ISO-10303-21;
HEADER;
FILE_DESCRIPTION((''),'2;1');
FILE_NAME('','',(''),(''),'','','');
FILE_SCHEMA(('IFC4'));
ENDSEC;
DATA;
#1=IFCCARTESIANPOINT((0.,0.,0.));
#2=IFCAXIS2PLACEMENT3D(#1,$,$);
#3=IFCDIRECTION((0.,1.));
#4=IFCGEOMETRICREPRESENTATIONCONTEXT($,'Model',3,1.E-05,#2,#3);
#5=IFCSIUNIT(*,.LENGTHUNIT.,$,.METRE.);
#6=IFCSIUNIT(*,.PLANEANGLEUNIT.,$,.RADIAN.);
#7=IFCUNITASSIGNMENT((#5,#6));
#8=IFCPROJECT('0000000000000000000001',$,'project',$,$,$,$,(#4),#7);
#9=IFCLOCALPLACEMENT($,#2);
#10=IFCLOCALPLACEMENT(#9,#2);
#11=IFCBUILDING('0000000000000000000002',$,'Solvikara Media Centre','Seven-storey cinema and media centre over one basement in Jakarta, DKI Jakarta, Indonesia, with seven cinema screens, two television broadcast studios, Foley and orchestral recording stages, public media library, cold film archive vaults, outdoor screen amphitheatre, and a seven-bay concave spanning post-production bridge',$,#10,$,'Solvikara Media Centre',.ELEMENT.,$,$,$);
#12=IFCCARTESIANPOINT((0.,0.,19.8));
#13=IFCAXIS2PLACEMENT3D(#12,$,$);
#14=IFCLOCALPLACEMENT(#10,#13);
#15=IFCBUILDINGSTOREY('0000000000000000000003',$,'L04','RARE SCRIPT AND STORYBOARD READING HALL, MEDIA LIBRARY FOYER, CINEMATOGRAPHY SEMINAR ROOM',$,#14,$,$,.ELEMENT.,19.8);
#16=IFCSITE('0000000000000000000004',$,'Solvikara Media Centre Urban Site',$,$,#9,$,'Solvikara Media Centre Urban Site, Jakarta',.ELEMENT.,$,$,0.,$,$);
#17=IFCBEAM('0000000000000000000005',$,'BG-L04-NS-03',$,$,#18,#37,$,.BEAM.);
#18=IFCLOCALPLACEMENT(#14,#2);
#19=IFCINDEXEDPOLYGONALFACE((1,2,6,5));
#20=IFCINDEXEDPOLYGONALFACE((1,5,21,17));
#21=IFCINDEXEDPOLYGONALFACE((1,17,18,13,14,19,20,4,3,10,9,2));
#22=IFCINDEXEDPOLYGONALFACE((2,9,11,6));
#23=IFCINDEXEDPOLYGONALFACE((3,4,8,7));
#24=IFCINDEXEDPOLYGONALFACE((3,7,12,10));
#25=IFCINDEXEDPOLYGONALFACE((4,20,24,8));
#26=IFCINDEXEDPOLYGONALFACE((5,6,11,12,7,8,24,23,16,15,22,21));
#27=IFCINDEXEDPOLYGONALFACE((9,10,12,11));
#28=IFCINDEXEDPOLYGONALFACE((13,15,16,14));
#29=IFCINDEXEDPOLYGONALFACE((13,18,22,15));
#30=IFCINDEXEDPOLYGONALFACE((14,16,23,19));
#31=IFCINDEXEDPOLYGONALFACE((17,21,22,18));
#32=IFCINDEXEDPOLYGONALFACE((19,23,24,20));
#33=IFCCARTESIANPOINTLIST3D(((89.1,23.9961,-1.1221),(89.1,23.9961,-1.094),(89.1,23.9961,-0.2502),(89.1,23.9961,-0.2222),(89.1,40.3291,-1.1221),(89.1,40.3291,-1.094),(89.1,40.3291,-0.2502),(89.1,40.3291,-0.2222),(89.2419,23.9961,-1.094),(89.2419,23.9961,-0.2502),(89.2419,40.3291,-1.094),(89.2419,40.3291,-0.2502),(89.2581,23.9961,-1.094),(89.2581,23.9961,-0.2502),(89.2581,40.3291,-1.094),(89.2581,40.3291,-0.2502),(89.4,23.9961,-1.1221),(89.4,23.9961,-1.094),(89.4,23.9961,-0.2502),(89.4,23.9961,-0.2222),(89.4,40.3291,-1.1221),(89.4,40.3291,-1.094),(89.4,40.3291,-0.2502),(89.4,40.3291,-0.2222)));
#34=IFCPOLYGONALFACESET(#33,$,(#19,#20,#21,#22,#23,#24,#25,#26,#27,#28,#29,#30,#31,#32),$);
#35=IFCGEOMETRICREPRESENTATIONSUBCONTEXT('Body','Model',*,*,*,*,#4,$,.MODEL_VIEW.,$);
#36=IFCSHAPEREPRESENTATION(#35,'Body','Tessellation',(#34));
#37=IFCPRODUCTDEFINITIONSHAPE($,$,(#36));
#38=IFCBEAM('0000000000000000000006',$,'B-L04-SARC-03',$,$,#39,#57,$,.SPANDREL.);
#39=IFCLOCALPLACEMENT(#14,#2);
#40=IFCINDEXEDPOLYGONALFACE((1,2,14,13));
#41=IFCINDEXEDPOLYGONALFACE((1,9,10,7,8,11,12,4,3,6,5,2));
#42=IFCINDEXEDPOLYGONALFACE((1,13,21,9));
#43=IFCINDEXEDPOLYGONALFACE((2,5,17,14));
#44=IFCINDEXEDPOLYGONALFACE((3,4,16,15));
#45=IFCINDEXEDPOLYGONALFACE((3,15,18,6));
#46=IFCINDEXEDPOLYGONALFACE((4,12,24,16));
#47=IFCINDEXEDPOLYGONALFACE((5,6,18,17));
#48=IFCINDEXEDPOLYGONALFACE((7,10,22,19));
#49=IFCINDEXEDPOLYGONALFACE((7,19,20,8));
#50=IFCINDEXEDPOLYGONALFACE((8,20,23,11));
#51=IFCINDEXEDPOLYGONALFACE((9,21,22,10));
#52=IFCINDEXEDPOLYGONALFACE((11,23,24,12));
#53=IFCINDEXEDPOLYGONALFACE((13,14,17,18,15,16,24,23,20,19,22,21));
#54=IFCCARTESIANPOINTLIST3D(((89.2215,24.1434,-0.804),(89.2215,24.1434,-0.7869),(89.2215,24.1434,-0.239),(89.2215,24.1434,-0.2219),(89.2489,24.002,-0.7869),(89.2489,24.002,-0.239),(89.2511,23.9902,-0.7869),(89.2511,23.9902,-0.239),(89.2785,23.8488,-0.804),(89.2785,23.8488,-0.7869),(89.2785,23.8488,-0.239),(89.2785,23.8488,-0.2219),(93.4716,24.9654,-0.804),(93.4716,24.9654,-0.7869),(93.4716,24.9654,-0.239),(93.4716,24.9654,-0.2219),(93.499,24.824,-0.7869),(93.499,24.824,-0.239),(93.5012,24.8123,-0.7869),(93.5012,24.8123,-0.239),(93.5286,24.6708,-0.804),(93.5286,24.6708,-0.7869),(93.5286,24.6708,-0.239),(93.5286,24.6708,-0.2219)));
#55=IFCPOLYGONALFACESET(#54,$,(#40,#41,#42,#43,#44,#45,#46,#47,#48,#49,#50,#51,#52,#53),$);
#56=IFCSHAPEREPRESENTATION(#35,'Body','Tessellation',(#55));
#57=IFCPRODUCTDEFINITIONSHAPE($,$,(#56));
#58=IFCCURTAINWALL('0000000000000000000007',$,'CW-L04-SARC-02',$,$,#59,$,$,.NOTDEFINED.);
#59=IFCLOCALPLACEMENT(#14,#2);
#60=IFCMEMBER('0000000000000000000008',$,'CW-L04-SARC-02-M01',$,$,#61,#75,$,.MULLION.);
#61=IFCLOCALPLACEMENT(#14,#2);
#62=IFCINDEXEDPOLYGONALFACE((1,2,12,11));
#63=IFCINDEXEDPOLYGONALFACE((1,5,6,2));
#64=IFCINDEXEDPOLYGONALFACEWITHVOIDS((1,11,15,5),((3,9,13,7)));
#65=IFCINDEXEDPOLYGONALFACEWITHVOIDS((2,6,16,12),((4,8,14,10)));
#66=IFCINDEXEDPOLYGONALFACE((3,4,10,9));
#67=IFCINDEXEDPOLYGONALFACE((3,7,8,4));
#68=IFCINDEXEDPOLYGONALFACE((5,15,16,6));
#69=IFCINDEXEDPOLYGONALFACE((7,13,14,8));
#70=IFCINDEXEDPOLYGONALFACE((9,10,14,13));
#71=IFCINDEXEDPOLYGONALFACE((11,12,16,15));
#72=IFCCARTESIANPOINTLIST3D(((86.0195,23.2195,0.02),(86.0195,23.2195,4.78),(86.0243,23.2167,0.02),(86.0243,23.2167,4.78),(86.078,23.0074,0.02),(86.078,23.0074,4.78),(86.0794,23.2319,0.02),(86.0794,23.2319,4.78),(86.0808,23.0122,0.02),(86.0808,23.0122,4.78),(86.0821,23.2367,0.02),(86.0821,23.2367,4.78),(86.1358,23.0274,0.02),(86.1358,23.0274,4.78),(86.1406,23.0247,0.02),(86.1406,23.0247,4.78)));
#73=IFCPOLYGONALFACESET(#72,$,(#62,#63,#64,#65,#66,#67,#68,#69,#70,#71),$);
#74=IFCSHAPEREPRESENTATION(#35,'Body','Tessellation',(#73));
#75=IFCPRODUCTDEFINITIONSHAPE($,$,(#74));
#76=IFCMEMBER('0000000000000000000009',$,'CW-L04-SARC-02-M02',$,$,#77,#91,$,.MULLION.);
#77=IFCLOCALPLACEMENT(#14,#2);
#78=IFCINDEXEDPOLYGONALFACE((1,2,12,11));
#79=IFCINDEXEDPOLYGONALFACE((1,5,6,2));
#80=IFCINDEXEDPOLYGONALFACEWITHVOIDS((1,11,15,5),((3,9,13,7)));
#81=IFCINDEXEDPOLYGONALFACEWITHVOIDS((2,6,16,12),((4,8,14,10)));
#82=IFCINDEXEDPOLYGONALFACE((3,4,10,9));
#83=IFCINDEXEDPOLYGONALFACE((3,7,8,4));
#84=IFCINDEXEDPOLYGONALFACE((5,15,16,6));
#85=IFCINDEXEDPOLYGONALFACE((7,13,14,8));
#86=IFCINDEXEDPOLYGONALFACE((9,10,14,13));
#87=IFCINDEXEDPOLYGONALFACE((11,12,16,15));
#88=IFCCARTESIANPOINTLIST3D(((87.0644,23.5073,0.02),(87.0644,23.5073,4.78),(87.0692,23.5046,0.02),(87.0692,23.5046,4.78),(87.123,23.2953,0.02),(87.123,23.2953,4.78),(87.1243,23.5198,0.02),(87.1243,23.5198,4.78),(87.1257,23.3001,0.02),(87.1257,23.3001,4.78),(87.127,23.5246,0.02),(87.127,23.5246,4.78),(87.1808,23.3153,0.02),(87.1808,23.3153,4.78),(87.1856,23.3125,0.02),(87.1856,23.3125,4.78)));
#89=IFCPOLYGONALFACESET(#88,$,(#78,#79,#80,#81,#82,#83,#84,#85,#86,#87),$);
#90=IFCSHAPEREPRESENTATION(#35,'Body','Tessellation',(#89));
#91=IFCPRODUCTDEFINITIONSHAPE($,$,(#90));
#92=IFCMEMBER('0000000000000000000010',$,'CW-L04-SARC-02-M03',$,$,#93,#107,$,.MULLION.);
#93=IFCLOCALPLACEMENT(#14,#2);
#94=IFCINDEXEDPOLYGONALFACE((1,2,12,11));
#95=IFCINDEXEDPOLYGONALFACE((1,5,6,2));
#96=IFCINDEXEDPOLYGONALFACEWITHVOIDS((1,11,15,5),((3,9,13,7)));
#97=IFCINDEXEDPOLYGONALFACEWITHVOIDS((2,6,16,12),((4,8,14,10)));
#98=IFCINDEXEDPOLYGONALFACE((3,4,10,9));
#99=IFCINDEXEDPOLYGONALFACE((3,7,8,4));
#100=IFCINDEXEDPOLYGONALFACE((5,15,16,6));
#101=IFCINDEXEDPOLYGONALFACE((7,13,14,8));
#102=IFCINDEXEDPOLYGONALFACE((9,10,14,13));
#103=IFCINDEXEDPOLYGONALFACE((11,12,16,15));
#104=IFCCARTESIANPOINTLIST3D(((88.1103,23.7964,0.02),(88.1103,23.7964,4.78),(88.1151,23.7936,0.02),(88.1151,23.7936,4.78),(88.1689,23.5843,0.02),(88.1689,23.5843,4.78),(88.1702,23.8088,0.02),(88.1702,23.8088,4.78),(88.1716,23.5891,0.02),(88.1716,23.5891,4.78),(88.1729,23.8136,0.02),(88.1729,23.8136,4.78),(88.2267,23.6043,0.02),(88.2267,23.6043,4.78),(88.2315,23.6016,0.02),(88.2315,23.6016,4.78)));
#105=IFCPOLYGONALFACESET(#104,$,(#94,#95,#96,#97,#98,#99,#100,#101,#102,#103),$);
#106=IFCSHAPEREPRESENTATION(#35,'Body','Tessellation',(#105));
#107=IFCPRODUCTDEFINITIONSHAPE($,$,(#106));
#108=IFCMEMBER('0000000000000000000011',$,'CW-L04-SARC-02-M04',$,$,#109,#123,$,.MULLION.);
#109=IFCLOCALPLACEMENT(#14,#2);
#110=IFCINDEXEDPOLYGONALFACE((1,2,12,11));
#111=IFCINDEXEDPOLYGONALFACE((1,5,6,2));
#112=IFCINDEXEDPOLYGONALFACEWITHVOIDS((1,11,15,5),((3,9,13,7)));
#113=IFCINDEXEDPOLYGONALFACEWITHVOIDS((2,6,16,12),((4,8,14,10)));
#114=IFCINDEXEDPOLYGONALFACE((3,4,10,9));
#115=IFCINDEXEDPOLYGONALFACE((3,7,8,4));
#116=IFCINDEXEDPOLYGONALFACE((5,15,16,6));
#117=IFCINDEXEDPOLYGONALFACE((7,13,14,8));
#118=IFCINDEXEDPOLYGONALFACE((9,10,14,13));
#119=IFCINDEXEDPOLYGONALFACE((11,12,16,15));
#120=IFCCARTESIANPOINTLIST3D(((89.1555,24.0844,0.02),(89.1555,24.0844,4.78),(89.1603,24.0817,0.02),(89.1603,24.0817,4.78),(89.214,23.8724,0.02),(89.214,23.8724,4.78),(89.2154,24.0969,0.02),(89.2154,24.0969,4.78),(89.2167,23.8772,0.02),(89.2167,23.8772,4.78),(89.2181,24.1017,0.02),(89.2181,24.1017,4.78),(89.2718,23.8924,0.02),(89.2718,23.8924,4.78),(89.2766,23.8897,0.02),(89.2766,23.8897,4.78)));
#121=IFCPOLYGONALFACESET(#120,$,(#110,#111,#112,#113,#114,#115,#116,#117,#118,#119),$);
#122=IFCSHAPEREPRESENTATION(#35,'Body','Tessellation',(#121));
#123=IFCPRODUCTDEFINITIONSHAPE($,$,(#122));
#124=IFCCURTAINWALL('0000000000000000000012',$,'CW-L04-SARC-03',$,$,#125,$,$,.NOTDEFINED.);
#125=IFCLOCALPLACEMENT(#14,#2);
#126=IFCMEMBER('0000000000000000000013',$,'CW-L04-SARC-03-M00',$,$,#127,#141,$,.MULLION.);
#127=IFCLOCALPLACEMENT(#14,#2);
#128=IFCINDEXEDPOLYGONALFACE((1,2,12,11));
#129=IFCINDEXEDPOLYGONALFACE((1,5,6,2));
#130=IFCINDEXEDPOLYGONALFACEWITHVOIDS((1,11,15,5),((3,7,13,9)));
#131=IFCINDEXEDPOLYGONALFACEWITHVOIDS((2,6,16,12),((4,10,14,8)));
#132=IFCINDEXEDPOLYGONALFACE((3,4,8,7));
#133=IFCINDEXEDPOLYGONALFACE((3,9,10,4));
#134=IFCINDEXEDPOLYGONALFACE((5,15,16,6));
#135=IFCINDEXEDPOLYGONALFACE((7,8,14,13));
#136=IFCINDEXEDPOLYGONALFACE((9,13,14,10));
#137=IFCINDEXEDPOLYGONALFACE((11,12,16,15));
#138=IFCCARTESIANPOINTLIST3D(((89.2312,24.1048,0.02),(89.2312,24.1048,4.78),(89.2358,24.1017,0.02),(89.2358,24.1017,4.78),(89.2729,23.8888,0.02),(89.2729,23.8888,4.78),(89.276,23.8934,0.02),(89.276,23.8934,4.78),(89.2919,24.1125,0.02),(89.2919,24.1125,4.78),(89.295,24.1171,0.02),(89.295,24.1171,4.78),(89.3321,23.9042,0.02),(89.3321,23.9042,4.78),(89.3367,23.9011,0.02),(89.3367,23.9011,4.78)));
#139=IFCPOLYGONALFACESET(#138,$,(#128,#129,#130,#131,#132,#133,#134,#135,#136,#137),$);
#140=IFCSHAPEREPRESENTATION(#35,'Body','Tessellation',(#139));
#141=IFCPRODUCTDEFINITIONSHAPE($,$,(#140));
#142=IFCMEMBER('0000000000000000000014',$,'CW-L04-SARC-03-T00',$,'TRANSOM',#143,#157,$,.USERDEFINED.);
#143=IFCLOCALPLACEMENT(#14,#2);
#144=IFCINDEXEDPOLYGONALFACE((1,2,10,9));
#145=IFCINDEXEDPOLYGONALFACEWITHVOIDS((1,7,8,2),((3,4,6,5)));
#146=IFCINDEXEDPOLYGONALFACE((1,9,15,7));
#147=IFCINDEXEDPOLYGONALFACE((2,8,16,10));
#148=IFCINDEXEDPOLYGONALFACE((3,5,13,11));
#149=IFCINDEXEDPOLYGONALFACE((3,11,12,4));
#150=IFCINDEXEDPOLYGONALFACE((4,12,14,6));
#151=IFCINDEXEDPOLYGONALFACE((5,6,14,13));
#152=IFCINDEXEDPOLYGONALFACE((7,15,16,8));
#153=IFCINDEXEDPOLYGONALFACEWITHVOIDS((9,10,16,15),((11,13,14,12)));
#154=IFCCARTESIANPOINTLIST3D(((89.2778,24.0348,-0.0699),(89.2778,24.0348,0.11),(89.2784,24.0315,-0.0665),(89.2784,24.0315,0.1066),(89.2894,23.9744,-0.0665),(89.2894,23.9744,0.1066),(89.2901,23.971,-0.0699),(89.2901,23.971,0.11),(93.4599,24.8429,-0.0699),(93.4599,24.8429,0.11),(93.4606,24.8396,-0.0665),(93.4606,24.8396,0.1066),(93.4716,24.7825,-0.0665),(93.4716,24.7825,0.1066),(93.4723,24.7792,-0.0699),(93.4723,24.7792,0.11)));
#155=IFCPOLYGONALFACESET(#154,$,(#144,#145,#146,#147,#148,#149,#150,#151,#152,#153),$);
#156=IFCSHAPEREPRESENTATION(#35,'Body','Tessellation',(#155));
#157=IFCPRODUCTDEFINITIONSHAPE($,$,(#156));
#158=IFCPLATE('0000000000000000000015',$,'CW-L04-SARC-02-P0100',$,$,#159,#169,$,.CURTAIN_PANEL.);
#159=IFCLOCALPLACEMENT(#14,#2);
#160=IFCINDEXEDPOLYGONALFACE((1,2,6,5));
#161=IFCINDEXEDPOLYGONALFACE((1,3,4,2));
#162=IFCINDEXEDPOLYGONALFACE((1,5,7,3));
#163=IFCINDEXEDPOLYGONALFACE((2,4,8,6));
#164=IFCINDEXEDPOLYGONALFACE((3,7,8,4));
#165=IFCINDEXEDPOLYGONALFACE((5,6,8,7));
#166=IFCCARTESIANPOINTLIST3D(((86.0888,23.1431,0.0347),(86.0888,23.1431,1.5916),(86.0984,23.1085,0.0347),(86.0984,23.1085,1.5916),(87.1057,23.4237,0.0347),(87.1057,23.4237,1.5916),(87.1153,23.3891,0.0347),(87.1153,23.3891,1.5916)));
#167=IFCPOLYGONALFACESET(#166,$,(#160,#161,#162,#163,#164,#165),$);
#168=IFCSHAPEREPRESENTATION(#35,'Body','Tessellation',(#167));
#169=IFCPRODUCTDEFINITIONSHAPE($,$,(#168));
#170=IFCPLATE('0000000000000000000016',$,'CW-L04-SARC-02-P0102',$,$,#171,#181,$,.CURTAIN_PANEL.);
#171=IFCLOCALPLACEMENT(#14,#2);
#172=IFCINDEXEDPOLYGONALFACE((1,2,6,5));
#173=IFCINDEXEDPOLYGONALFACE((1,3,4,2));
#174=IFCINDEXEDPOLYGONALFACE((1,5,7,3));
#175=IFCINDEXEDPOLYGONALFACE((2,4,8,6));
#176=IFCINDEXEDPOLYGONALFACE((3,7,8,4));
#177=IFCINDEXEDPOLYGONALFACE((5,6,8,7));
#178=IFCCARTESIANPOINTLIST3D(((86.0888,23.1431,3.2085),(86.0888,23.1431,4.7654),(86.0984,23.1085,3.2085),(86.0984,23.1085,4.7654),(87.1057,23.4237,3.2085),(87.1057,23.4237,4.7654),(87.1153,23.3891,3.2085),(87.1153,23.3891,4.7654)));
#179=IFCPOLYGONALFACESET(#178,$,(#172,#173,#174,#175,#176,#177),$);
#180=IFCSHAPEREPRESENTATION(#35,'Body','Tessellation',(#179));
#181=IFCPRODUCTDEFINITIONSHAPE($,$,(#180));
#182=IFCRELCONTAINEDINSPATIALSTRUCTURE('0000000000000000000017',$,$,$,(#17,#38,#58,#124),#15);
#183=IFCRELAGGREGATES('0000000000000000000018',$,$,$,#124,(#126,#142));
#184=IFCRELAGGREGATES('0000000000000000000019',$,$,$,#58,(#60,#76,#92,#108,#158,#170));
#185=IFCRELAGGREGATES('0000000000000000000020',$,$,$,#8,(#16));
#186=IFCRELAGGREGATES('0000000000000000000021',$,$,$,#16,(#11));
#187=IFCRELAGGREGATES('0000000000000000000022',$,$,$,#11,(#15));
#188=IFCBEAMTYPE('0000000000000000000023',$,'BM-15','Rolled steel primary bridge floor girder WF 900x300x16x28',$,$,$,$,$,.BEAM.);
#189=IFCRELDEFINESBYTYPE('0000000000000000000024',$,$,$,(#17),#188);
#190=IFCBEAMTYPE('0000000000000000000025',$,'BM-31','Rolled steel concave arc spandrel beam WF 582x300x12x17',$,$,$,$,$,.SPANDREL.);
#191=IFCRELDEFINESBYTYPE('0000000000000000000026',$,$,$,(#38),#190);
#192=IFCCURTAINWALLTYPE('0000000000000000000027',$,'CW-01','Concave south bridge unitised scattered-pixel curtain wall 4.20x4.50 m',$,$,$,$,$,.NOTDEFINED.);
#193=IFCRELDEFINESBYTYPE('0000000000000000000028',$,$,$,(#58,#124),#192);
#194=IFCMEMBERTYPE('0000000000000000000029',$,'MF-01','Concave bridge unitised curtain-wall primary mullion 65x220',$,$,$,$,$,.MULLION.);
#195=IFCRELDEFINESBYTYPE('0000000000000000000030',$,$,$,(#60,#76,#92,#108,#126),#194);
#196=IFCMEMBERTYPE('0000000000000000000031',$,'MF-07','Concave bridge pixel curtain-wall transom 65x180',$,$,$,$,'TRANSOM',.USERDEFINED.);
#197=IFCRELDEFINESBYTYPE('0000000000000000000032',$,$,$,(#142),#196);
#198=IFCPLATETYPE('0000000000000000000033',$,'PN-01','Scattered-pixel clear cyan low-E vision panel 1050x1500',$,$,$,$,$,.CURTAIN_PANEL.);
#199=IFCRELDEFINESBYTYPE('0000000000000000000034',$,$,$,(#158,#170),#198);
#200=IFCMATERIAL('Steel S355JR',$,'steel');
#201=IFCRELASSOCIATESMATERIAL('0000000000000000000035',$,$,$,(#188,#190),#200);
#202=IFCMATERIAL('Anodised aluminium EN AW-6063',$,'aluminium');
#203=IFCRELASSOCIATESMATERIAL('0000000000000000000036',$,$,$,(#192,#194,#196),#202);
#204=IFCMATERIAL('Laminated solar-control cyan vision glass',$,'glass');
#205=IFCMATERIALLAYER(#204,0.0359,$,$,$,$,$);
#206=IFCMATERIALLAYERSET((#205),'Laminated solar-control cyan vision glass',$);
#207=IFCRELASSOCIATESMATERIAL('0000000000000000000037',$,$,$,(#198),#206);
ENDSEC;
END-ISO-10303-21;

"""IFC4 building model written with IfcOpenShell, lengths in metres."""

from ifc_helpers import new_model, si_unit, direction, frame, origin, origin_2d, place, context, subcontext, project, spatial, rectangle, hollow_rectangle, i_section, extrude, material, layer, layer_set, material_profile, profile_set, type_object, element, aggregate, save


model = new_model("IFC4")

# Units and contexts
model_context = context("Model", 3, precision=1e-05, world=origin(), true_north=direction((0.0, 1.0)))
body_context = subcontext(model_context, "Body", "Model", "MODEL_VIEW")
ifc_project = project(units=[si_unit("LENGTHUNIT", "METRE"), si_unit("PLANEANGLEUNIT", "RADIAN")], contexts=[model_context])

# Site, building, storey
site_placement = place(None, origin())
site = spatial("IfcSite", under=ifc_project, at=site_placement, Name="Solvikara Media Centre Urban Site", LongName="Solvikara Media Centre Urban Site, Jakarta", CompositionType="ELEMENT", RefElevation=0.0)
building_placement = place(site_placement, origin())
building = spatial("IfcBuilding", under=site, at=building_placement, Name="Solvikara Media Centre", Description="Seven-storey cinema and media centre over one basement in Jakarta, DKI Jakarta, Indonesia, with seven cinema screens, two television broadcast studios, Foley and orchestral recording stages, public media library, cold film archive vaults, outdoor screen amphitheatre, and a seven-bay concave spanning post-production bridge", LongName="Solvikara Media Centre", CompositionType="ELEMENT")
storey_placement = place(building_placement, frame((0.0, 0.0, 19.8)))
storey = spatial("IfcBuildingStorey", under=building, at=storey_placement, Name="L04", Description="RARE SCRIPT AND STORYBOARD READING HALL, MEDIA LIBRARY FOYER, CINEMATOGRAPHY SEMINAR ROOM", CompositionType="ELEMENT", Elevation=19.8)

# Beams
ifc_material_1 = material(Name="Steel S355JR", Category="steel")
ifc_material_profile_1 = material_profile(ifc_material_1, i_section(OverallWidth=0.3, OverallDepth=0.8999, WebThickness=0.0161, FlangeThickness=0.0281, at=origin_2d()), Name="WF 900x300x16x28")
ifc_profile_set_1 = profile_set([ifc_material_profile_1], Name="Steel S355JR")
beam_type_1 = type_object("IfcBeamType", Name="BM-15", Description="Rolled steel primary bridge floor girder WF 900x300x16x28", PredefinedType="BEAM", material=ifc_profile_set_1)
beam_1_placement = place(storey_placement, frame((89.25, 23.9961, -0.6721), z_axis=(0.0, 1.0, 0.0), x_axis=(-1.0, 0.0, 0.0)))
element("IfcBeam", 1, at=beam_1_placement, inside=storey, type_object=beam_type_1, Name="BG-L04-NS-03", PredefinedType="BEAM", context=body_context, shape_type="SweptSolid", body=[
    extrude(i_section(OverallWidth=0.3, OverallDepth=0.8999, WebThickness=0.0161, FlangeThickness=0.0281, at=origin_2d()), origin(), (0.0, 0.0, 1.0), 16.333),
])
ifc_material_profile_2 = material_profile(ifc_material_1, i_section(OverallWidth=0.3, OverallDepth=0.582, WebThickness=0.012, FlangeThickness=0.0171, at=origin_2d()), Name="WF 582x300x12x17")
ifc_profile_set_2 = profile_set([ifc_material_profile_2], Name="Steel S355JR")
beam_type_2 = type_object("IfcBeamType", Name="BM-31", Description="Rolled steel concave arc spandrel beam WF 582x300x12x17", PredefinedType="SPANDREL", material=ifc_profile_set_2)
beam_2_placement = place(storey_placement, frame((89.25, 23.9961, -0.5129), z_axis=(0.981804, 0.189897, 0.0), x_axis=(-0.189897, 0.981804, 0.0)))
element("IfcBeam", 2, at=beam_2_placement, inside=storey, type_object=beam_type_2, Name="B-L04-SARC-03", PredefinedType="SPANDREL", context=body_context, shape_type="SweptSolid", body=[
    extrude(i_section(OverallWidth=0.3, OverallDepth=0.582, WebThickness=0.012, FlangeThickness=0.0171, at=origin_2d()), origin(), (0.0, 0.0, 1.0), 4.3289),
])

# Curtain walls, members
ifc_material_2 = material(Name="Anodised aluminium EN AW-6063", Category="aluminium")
curtain_wall_type = type_object("IfcCurtainWallType", Name="CW-01", Description="Concave south bridge unitised scattered-pixel curtain wall 4.20x4.50 m", PredefinedType="NOTDEFINED", material=ifc_material_2)
curtain_wall_1_placement = place(storey_placement, origin())
curtain_wall_1 = element("IfcCurtainWall", 3, at=curtain_wall_1_placement, inside=storey, type_object=curtain_wall_type, Name="CW-L04-SARC-02", PredefinedType="NOTDEFINED")
ifc_material_profile_3 = material_profile(ifc_material_2, hollow_rectangle(XDim=0.0649, YDim=0.22, WallThickness=0.0039, at=origin_2d()), Name="ALU-M 65x220x4")
ifc_profile_set_3 = profile_set([ifc_material_profile_3], Name="Anodised aluminium EN AW-6063")
member_type_1 = type_object("IfcMemberType", Name="MF-01", Description="Concave bridge unitised curtain-wall primary mullion 65x220", PredefinedType="MULLION", material=ifc_profile_set_3)
member_1_placement = place(storey_placement, frame((86.0801, 23.1221, 0.02), z_axis=(0.0, 0.0, 1.0), x_axis=(0.96397, 0.26601, 0.0)))
member_1 = element("IfcMember", 4, at=member_1_placement, type_object=member_type_1, Name="CW-L04-SARC-02-M01", PredefinedType="MULLION", context=body_context, shape_type="SweptSolid", body=[
    extrude(hollow_rectangle(XDim=0.0649, YDim=0.22, WallThickness=0.0039, at=origin_2d()), origin(), (0.0, 0.0, 1.0), 4.76),
])
member_2_placement = place(storey_placement, frame((87.125, 23.4099, 0.02), z_axis=(0.0, 0.0, 1.0), x_axis=(0.96397, 0.26601, 0.0)))
member_2 = element("IfcMember", 5, at=member_2_placement, type_object=member_type_1, Name="CW-L04-SARC-02-M02", PredefinedType="MULLION", context=body_context, shape_type="SweptSolid", body=[
    extrude(hollow_rectangle(XDim=0.0649, YDim=0.22, WallThickness=0.0039, at=origin_2d()), origin(), (0.0, 0.0, 1.0), 4.76),
])
member_3_placement = place(storey_placement, frame((88.1709, 23.699, 0.02), z_axis=(0.0, 0.0, 1.0), x_axis=(0.96397, 0.26601, 0.0)))
member_3 = element("IfcMember", 6, at=member_3_placement, type_object=member_type_1, Name="CW-L04-SARC-02-M03", PredefinedType="MULLION", context=body_context, shape_type="SweptSolid", body=[
    extrude(hollow_rectangle(XDim=0.0649, YDim=0.22, WallThickness=0.0039, at=origin_2d()), origin(), (0.0, 0.0, 1.0), 4.76),
])
member_4_placement = place(storey_placement, frame((89.2161, 23.9871, 0.02), z_axis=(0.0, 0.0, 1.0), x_axis=(0.96397, 0.26601, 0.0)))
member_4 = element("IfcMember", 7, at=member_4_placement, type_object=member_type_1, Name="CW-L04-SARC-02-M04", PredefinedType="MULLION", context=body_context, shape_type="SweptSolid", body=[
    extrude(hollow_rectangle(XDim=0.0649, YDim=0.22, WallThickness=0.0039, at=origin_2d()), origin(), (0.0, 0.0, 1.0), 4.76),
])
curtain_wall_2_placement = place(storey_placement, origin())
curtain_wall_2 = element("IfcCurtainWall", 8, at=curtain_wall_2_placement, inside=storey, type_object=curtain_wall_type, Name="CW-L04-SARC-03", PredefinedType="NOTDEFINED")
member_5_placement = place(storey_placement, frame((89.2839, 24.0029, 0.02), z_axis=(0.0, 0.0, 1.0), x_axis=(0.981843, 0.189695, 0.0)))
member_5 = element("IfcMember", 9, at=member_5_placement, type_object=member_type_1, Name="CW-L04-SARC-03-M00", PredefinedType="MULLION", context=body_context, shape_type="SweptSolid", body=[
    extrude(hollow_rectangle(XDim=0.0649, YDim=0.22, WallThickness=0.0039, at=origin_2d()), origin(), (0.0, 0.0, 1.0), 4.76),
])
ifc_material_profile_4 = material_profile(ifc_material_2, hollow_rectangle(XDim=0.0649, YDim=0.1799, WallThickness=0.0034, at=origin_2d()), Name="ALU-T 65x180x3.5")
ifc_profile_set_4 = profile_set([ifc_material_profile_4], Name="Anodised aluminium EN AW-6063")
member_type_2 = type_object("IfcMemberType", Name="MF-07", Description="Concave bridge pixel curtain-wall transom 65x180", ElementType="TRANSOM", PredefinedType="USERDEFINED", material=ifc_profile_set_4)
member_6_placement = place(storey_placement, frame((89.2839, 24.0029, 0.02), z_axis=(0.981838, 0.189719, 0.0), x_axis=(-0.189719, 0.981838, 0.0)))
member_6 = element("IfcMember", 10, at=member_6_placement, type_object=member_type_2, Name="CW-L04-SARC-03-T00", ObjectType="TRANSOM", PredefinedType="USERDEFINED", context=body_context, shape_type="SweptSolid", body=[
    extrude(hollow_rectangle(XDim=0.0649, YDim=0.1799, WallThickness=0.0034, at=origin_2d()), origin(), (0.0, 0.0, 1.0), 4.2595),
])
aggregate(curtain_wall_2, [member_5, member_6])

# Plates
ifc_material_3 = material(Name="Laminated solar-control cyan vision glass", Category="glass")
ifc_layer_1 = layer(ifc_material_3, 0.0359)
ifc_layer_set_1 = layer_set([ifc_layer_1], Name="Laminated solar-control cyan vision glass")
plate_type_1 = type_object("IfcPlateType", Name="PN-01", Description="Scattered-pixel clear cyan low-E vision panel 1050x1500", PredefinedType="CURTAIN_PANEL", material=ifc_layer_set_1)
plate_1_placement = place(storey_placement, frame((86.6021, 23.2661, 0.0347), z_axis=(0.0, 0.0, 1.0), x_axis=(0.96397, 0.26601, 0.0)))
plate_1 = element("IfcPlate", 11, at=plate_1_placement, type_object=plate_type_1, Name="CW-L04-SARC-02-P0100", PredefinedType="CURTAIN_PANEL", context=body_context, shape_type="SweptSolid", body=[
    extrude(rectangle(XDim=1.0549, YDim=0.0359, at=origin_2d()), origin(), (0.0, 0.0, 1.0), 1.5569),
])
plate_2_placement = place(storey_placement, frame((86.6021, 23.2661, 3.2085), z_axis=(0.0, 0.0, 1.0), x_axis=(0.96397, 0.26601, 0.0)))
plate_2 = element("IfcPlate", 12, at=plate_2_placement, type_object=plate_type_1, Name="CW-L04-SARC-02-P0102", PredefinedType="CURTAIN_PANEL", context=body_context, shape_type="SweptSolid", body=[
    extrude(rectangle(XDim=1.0549, YDim=0.0359, at=origin_2d()), origin(), (0.0, 0.0, 1.0), 1.5569),
])
aggregate(curtain_wall_1, [member_1, member_2, member_3, member_4, plate_1, plate_2])

save(model, "model.ifc")
